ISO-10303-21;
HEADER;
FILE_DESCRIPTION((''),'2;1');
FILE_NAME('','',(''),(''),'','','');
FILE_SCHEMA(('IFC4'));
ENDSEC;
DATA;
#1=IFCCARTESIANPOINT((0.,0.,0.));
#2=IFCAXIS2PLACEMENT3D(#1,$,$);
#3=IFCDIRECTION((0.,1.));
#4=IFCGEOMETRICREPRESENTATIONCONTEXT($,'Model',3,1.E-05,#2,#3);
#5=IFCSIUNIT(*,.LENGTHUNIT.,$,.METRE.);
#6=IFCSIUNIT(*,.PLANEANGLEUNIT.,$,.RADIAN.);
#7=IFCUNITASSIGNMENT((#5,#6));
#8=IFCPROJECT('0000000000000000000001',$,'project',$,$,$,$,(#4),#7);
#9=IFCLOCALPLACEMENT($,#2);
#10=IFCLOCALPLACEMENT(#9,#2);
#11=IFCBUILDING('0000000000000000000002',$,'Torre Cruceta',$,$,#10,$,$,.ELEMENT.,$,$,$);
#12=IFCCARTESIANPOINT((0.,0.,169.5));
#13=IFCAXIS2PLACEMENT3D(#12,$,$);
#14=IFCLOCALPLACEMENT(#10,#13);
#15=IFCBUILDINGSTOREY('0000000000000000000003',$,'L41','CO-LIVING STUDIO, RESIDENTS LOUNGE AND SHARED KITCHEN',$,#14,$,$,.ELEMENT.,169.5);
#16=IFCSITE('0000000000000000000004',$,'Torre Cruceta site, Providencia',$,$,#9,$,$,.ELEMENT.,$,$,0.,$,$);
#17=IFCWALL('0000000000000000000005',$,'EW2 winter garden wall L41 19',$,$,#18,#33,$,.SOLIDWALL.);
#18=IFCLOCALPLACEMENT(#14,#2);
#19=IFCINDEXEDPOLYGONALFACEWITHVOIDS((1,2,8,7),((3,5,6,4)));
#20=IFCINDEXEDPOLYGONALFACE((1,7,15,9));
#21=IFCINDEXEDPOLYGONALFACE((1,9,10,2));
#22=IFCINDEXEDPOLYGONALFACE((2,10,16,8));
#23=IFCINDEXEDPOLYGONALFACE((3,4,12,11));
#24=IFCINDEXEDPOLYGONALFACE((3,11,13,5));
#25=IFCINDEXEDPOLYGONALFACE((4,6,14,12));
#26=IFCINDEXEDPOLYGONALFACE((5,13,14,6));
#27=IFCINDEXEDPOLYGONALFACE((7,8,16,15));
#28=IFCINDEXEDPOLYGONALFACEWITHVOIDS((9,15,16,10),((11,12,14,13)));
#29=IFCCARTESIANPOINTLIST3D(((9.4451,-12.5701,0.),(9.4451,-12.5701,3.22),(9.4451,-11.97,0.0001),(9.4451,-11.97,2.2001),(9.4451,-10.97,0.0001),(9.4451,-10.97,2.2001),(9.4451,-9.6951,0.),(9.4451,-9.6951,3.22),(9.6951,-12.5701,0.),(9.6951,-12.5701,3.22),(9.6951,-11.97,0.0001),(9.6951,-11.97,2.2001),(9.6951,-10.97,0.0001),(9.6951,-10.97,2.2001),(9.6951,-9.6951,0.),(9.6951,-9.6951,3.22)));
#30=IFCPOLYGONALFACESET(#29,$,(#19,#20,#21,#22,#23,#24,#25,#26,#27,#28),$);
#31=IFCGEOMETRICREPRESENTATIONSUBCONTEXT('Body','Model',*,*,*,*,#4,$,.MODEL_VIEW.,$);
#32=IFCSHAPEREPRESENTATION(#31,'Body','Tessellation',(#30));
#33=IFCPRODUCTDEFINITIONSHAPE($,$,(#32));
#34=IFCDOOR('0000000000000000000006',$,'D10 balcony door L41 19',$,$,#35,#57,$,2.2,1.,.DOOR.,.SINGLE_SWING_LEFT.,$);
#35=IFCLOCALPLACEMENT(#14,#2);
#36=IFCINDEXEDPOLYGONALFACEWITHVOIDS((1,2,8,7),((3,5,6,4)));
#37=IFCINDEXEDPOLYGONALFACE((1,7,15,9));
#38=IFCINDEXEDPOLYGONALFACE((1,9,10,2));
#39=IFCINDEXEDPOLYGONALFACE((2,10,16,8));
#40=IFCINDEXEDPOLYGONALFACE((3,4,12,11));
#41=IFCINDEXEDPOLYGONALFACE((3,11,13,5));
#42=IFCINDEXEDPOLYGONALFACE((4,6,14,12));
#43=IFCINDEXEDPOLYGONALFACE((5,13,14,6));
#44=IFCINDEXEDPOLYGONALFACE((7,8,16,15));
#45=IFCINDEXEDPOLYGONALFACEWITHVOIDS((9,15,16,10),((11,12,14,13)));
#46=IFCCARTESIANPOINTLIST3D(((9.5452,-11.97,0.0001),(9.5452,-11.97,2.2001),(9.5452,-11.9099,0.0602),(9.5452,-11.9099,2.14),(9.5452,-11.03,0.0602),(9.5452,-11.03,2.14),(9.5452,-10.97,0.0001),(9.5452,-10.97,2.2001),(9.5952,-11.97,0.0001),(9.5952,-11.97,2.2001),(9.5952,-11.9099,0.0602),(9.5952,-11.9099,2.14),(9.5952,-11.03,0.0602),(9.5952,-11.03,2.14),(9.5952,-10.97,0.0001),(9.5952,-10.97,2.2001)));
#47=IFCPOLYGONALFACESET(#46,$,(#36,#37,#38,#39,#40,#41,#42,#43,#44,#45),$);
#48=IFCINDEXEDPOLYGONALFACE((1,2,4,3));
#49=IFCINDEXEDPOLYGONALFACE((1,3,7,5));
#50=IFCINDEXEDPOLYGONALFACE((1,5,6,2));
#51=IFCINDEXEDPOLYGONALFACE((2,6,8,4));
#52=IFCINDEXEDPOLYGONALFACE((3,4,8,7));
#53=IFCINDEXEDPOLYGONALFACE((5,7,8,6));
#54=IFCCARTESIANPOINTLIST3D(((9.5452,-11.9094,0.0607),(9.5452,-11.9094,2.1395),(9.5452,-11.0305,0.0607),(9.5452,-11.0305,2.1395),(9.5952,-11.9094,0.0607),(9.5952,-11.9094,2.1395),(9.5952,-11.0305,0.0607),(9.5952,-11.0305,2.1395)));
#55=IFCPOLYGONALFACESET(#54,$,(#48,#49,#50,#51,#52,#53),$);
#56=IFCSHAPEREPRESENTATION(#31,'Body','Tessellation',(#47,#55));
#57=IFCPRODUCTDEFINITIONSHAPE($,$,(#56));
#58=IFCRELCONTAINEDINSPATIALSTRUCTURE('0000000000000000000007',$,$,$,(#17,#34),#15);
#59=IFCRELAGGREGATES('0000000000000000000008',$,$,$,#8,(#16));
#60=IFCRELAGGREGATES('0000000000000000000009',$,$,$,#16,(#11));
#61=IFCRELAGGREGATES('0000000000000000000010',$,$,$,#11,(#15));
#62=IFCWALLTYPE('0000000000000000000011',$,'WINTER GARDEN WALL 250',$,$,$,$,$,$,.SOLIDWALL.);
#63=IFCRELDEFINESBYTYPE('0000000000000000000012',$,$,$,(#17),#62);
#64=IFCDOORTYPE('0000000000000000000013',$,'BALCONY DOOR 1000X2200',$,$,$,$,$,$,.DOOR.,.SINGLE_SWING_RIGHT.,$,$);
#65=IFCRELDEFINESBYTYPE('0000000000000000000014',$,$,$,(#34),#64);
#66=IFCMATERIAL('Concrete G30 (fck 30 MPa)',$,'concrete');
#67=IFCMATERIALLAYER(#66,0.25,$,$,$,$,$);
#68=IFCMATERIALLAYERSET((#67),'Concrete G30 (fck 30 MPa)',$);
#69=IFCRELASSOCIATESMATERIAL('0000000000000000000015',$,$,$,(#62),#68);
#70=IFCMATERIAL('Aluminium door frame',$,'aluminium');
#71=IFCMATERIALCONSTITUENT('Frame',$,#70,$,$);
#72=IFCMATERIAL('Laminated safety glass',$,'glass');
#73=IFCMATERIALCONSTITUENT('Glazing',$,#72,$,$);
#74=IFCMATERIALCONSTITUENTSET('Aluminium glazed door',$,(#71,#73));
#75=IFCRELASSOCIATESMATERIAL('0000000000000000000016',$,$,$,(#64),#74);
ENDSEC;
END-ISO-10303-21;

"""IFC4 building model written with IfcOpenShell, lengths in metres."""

from ifc_helpers import new_model, si_unit, direction, frame, frame_2d, origin, place, context, subcontext, project, spatial, rectangle, hollow_rectangle, extrude, material, layer, layer_set, constituent, constituent_set, type_object, element, fill, save


model = new_model("IFC4")

# Units and contexts
model_context = context("Model", 3, precision=1e-05, world=origin(), true_north=direction((0.0, 1.0)))
body_context = subcontext(model_context, "Body", "Model", "MODEL_VIEW")
ifc_project = project(units=[si_unit("LENGTHUNIT", "METRE"), si_unit("PLANEANGLEUNIT", "RADIAN")], contexts=[model_context])

# Site, building, storey
site_placement = place(None, origin())
site = spatial("IfcSite", under=ifc_project, at=site_placement, Name="Torre Cruceta site, Providencia", CompositionType="ELEMENT", RefElevation=0.0)
building_placement = place(site_placement, origin())
building = spatial("IfcBuilding", under=site, at=building_placement, Name="Torre Cruceta", CompositionType="ELEMENT")
storey_placement = place(building_placement, frame((0.0, 0.0, 169.5)))
storey = spatial("IfcBuildingStorey", under=building, at=storey_placement, Name="L41", Description="CO-LIVING STUDIO, RESIDENTS LOUNGE AND SHARED KITCHEN", CompositionType="ELEMENT", Elevation=169.5)

# Wall, opening, door
ifc_material_1 = material(Name="Concrete G30 (fck 30 MPa)", Category="concrete")
ifc_layer_1 = layer(ifc_material_1, 0.25)
ifc_layer_set_1 = layer_set([ifc_layer_1], Name="Concrete G30 (fck 30 MPa)")
wall_type_1 = type_object("IfcWallType", Name="WINTER GARDEN WALL 250", PredefinedType="SOLIDWALL", material=ifc_layer_set_1)
ifc_material_2 = material(Name="Aluminium door frame", Category="aluminium")
ifc_constituent_1 = constituent(ifc_material_2, Name="Frame")
ifc_material_3 = material(Name="Laminated safety glass", Category="glass")
ifc_constituent_2 = constituent(ifc_material_3, Name="Glazing")
ifc_constituent_set_1 = constituent_set(constituents=[ifc_constituent_1, ifc_constituent_2], Name="Aluminium glazed door")
door_type_1 = type_object("IfcDoorType", Name="BALCONY DOOR 1000X2200", OperationType="SINGLE_SWING_RIGHT", PredefinedType="DOOR", material=ifc_constituent_set_1)
wall_1_placement = place(storey_placement, frame((9.5701, -12.5701, 0.0), z_axis=(0.0, 0.0, 1.0), x_axis=(0.0, 1.0, 0.0)))
wall_1 = element("IfcWall", 1, at=wall_1_placement, inside=storey, type_object=wall_type_1, Name="EW2 winter garden wall L41 19", PredefinedType="SOLIDWALL", context=body_context, shape_type="SweptSolid", body=[
    extrude(rectangle(XDim=2.875, YDim=0.25, at=frame_2d((1.4375, 0.0))), origin(), (0.0, 0.0, 1.0), 3.22),
])
opening_1_placement = place(wall_1_placement, frame((0.6001, 0.0, 0.0)))
opening_1 = element("IfcOpeningElement", 2, at=opening_1_placement, cuts=wall_1, PredefinedType="OPENING", context=body_context, shape_type="SweptSolid", body=[
    extrude(rectangle(XDim=1.0, YDim=2.2, at=frame_2d((0.5, 1.1001))), frame((0.0, 0.135, 0.0), z_axis=(0.0, -1.0, 0.0), x_axis=(1.0, 0.0, 0.0)), (0.0, 0.0, 1.0), 0.27),
])
door_1_placement = place(opening_1_placement, origin())
door_1 = element("IfcDoor", 3, at=door_1_placement, inside=storey, type_object=door_type_1, Name="D10 balcony door L41 19", OperationType="SINGLE_SWING_LEFT", OverallHeight=2.2, OverallWidth=1.0, PredefinedType="DOOR", context=body_context, shape_type="SweptSolid", body=[
    extrude(hollow_rectangle(XDim=1.0, YDim=2.2, WallThickness=0.0601, at=frame_2d((0.5, 1.1001))), frame((0.0, 0.0249, 0.0), z_axis=(0.0, -1.0, 0.0), x_axis=(1.0, 0.0, 0.0)), (0.0, 0.0, 1.0), 0.05),
    extrude(rectangle(XDim=0.8789, YDim=2.0789, at=frame_2d((0.5, 1.1001))), frame((0.0, 0.0249, 0.0), z_axis=(0.0, -1.0, 0.0), x_axis=(1.0, 0.0, 0.0)), (0.0, 0.0, 1.0), 0.05),
])
fill(opening_1, door_1)

save(model, "model.ifc")
